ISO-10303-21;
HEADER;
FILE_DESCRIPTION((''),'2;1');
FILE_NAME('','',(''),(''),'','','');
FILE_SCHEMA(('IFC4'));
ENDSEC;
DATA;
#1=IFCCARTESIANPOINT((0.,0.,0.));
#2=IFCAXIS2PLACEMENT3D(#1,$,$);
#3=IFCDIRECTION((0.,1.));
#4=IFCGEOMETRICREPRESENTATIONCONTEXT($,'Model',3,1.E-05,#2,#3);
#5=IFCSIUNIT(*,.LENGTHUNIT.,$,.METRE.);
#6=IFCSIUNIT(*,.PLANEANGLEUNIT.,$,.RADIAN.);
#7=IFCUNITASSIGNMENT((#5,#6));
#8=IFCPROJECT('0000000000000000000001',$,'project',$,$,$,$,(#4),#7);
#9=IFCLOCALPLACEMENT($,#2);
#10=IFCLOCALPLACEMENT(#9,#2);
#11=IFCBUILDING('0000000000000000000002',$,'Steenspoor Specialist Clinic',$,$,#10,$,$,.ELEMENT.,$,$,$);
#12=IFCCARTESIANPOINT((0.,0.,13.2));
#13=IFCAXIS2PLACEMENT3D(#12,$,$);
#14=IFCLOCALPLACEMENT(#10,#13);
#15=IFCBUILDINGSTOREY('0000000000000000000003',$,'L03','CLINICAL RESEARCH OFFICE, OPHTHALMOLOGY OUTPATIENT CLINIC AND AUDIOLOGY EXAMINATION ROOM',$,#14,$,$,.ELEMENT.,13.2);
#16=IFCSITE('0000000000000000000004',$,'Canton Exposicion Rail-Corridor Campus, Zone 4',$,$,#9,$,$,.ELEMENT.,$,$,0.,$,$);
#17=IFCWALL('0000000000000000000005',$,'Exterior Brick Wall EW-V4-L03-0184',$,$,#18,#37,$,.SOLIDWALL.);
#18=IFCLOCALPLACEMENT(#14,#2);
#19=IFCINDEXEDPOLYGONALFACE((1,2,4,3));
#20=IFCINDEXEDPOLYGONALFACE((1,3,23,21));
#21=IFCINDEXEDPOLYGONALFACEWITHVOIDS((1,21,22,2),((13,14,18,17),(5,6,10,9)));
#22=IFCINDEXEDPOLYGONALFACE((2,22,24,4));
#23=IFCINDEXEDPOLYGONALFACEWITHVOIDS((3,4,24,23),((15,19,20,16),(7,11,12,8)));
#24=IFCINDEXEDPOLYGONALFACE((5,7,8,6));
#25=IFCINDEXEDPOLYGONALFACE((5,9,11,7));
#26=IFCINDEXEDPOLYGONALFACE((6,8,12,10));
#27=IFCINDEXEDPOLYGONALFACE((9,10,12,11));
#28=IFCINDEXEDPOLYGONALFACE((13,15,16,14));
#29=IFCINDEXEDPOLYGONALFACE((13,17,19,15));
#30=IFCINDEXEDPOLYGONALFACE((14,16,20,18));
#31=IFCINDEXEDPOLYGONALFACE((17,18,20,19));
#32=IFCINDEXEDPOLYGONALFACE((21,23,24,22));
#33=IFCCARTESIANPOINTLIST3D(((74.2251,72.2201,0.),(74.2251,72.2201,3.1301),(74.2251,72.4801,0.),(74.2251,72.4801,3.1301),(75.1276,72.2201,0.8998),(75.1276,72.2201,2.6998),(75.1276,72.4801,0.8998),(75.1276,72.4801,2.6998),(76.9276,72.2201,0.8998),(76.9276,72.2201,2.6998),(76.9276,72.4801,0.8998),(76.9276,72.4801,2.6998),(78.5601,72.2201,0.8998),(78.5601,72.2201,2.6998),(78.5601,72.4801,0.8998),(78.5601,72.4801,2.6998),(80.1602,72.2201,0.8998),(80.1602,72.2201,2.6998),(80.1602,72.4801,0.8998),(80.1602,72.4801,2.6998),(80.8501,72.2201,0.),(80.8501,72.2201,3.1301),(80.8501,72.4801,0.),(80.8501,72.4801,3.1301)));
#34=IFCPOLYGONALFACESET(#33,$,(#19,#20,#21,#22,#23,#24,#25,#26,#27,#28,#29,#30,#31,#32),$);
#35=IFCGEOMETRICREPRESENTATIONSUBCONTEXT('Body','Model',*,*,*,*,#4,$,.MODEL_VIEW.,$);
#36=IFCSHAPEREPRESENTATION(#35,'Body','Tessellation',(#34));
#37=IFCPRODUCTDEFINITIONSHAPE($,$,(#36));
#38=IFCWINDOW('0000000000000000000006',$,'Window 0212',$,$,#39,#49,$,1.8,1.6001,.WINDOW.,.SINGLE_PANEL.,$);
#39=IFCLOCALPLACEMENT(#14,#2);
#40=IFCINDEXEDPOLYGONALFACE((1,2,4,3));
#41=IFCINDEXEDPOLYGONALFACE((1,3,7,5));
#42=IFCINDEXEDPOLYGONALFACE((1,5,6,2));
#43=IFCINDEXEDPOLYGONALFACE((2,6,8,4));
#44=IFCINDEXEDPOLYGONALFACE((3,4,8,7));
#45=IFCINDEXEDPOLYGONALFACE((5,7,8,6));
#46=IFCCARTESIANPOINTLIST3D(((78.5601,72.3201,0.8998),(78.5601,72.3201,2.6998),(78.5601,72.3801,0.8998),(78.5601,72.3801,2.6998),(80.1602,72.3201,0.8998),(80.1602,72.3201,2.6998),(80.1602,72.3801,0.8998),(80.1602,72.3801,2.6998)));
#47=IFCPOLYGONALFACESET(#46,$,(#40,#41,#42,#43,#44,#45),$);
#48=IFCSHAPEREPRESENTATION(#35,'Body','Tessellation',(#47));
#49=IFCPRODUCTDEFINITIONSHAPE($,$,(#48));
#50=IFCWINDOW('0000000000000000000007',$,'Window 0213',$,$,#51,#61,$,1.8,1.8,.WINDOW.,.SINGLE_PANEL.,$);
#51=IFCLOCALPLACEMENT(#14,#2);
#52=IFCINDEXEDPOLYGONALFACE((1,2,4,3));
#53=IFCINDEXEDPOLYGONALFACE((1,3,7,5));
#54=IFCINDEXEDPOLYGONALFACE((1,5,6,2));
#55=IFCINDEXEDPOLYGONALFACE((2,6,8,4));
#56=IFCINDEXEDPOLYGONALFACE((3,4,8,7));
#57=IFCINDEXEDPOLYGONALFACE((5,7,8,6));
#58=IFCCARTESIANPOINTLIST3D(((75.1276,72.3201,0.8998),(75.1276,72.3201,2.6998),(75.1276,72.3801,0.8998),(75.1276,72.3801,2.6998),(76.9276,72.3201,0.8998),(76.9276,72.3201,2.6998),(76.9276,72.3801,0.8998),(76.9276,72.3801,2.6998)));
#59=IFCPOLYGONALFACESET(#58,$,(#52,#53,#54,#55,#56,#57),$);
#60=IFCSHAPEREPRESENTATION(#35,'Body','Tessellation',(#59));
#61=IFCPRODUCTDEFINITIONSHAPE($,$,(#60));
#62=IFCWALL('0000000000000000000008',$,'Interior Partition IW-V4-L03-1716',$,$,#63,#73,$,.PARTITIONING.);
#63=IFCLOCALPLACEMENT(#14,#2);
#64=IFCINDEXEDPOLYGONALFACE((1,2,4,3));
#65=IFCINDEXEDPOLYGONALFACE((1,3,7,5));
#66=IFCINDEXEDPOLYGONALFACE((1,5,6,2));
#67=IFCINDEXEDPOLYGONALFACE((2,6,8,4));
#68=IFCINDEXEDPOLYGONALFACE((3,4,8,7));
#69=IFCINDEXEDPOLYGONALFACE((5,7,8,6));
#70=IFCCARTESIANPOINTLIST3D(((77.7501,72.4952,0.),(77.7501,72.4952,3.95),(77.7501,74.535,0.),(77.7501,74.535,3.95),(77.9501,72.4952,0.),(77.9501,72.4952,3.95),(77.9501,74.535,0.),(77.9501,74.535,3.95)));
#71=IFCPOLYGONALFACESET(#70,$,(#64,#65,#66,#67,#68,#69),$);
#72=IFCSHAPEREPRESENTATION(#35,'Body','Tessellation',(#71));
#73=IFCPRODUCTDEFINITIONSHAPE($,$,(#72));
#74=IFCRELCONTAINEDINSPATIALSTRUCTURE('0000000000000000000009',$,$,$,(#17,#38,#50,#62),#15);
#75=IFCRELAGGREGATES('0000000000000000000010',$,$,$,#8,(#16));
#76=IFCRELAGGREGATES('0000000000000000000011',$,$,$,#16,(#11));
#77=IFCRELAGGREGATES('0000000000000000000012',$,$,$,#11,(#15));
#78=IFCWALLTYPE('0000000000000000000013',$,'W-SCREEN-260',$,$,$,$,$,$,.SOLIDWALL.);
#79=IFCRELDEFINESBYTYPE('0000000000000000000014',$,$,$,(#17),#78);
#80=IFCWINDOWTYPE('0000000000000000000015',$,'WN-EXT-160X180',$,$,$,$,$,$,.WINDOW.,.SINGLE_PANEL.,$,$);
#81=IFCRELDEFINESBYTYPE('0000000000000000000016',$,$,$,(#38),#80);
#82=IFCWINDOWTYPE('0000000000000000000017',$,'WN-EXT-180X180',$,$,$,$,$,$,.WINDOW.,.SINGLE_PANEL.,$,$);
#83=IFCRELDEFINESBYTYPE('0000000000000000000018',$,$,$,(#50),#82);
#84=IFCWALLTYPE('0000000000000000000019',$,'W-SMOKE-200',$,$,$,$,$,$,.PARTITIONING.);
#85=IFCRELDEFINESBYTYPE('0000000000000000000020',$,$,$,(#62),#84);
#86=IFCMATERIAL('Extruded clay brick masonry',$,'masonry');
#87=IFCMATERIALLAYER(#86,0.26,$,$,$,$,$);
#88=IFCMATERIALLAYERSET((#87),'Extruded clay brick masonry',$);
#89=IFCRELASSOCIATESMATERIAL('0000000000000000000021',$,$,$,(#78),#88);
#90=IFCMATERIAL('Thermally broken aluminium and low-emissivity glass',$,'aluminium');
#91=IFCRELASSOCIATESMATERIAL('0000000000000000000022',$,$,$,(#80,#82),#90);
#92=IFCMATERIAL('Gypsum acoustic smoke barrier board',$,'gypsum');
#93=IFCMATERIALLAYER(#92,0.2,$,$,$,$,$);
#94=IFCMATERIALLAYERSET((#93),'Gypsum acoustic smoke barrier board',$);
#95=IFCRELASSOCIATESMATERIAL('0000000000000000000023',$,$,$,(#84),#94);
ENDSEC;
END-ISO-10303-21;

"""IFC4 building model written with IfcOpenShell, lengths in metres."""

from ifc_helpers import new_model, si_unit, direction, frame, frame_2d, origin, place, context, subcontext, project, spatial, rectangle, extrude, material, layer, layer_set, type_object, element, fill, save


model = new_model("IFC4")

# Units and contexts
model_context = context("Model", 3, precision=1e-05, world=origin(), true_north=direction((0.0, 1.0)))
body_context = subcontext(model_context, "Body", "Model", "MODEL_VIEW")
ifc_project = project(units=[si_unit("LENGTHUNIT", "METRE"), si_unit("PLANEANGLEUNIT", "RADIAN")], contexts=[model_context])

# Site, building, storey
site_placement = place(None, origin())
site = spatial("IfcSite", under=ifc_project, at=site_placement, Name="Canton Exposicion Rail-Corridor Campus, Zone 4", CompositionType="ELEMENT", RefElevation=0.0)
building_placement = place(site_placement, origin())
building = spatial("IfcBuilding", under=site, at=building_placement, Name="Steenspoor Specialist Clinic", CompositionType="ELEMENT")
storey_placement = place(building_placement, frame((0.0, 0.0, 13.2)))
storey = spatial("IfcBuildingStorey", under=building, at=storey_placement, Name="L03", Description="CLINICAL RESEARCH OFFICE, OPHTHALMOLOGY OUTPATIENT CLINIC AND AUDIOLOGY EXAMINATION ROOM", CompositionType="ELEMENT", Elevation=13.2)

# Shared definitions
ifc_material_1 = material(Name="Thermally broken aluminium and low-emissivity glass", Category="aluminium")

# Wall, openings, windows
ifc_material_2 = material(Name="Extruded clay brick masonry", Category="masonry")
ifc_layer_1 = layer(ifc_material_2, 0.26)
ifc_layer_set_1 = layer_set([ifc_layer_1], Name="Extruded clay brick masonry")
wall_type_1 = type_object("IfcWallType", Name="W-SCREEN-260", PredefinedType="SOLIDWALL", material=ifc_layer_set_1)
wall_1_placement = place(storey_placement, frame((80.8501, 72.3501, 0.0), z_axis=(0.0, 0.0, 1.0), x_axis=(-1.0, 0.0, 0.0)))
wall_1 = element("IfcWall", 1, at=wall_1_placement, inside=storey, type_object=wall_type_1, Name="Exterior Brick Wall EW-V4-L03-0184", PredefinedType="SOLIDWALL", context=body_context, shape_type="SweptSolid", body=[
    extrude(rectangle(XDim=6.625, YDim=0.26, at=frame_2d((3.3125, 0.0))), origin(), (0.0, 0.0, 1.0), 3.1301),
])
opening_1_placement = place(wall_1_placement, frame((0.6899, 0.0, 0.8999)))
opening_1 = element("IfcOpeningElement", 2, at=opening_1_placement, cuts=wall_1, PredefinedType="OPENING", context=body_context, shape_type="SweptSolid", body=[
    extrude(rectangle(XDim=1.6001, YDim=1.8, at=frame_2d((0.8, 0.8999))), frame((0.0, 0.1401, 0.0), z_axis=(0.0, -1.0, 0.0), x_axis=(1.0, 0.0, 0.0)), (0.0, 0.0, 1.0), 0.28),
])
opening_2_placement = place(wall_1_placement, frame((3.9226, 0.0, 0.8999)))
opening_2 = element("IfcOpeningElement", 3, at=opening_2_placement, cuts=wall_1, PredefinedType="OPENING", context=body_context, shape_type="SweptSolid", body=[
    extrude(rectangle(XDim=1.8, YDim=1.8, at=frame_2d((0.8999, 0.8999))), frame((0.0, 0.1401, 0.0), z_axis=(0.0, -1.0, 0.0), x_axis=(1.0, 0.0, 0.0)), (0.0, 0.0, 1.0), 0.28),
])
window_type_1 = type_object("IfcWindowType", Name="WN-EXT-160X180", PartitioningType="SINGLE_PANEL", PredefinedType="WINDOW", material=ifc_material_1)
window_1_placement = place(opening_1_placement, origin())
window_1 = element("IfcWindow", 4, at=window_1_placement, inside=storey, type_object=window_type_1, Name="Window 0212", OverallHeight=1.8, OverallWidth=1.6001, PartitioningType="SINGLE_PANEL", PredefinedType="WINDOW", context=body_context, shape_type="SweptSolid", body=[
    extrude(rectangle(XDim=1.6001, YDim=1.8, at=frame_2d((0.8, 0.8999))), frame((0.0, 0.03, 0.0), z_axis=(0.0, -1.0, 0.0), x_axis=(1.0, 0.0, 0.0)), (0.0, 0.0, 1.0), 0.0601),
])
fill(opening_1, window_1)
window_type_2 = type_object("IfcWindowType", Name="WN-EXT-180X180", PartitioningType="SINGLE_PANEL", PredefinedType="WINDOW", material=ifc_material_1)
window_2_placement = place(opening_2_placement, origin())
window_2 = element("IfcWindow", 5, at=window_2_placement, inside=storey, type_object=window_type_2, Name="Window 0213", OverallHeight=1.8, OverallWidth=1.8, PartitioningType="SINGLE_PANEL", PredefinedType="WINDOW", context=body_context, shape_type="SweptSolid", body=[
    extrude(rectangle(XDim=1.8, YDim=1.8, at=frame_2d((0.8999, 0.8999))), frame((0.0, 0.03, 0.0), z_axis=(0.0, -1.0, 0.0), x_axis=(1.0, 0.0, 0.0)), (0.0, 0.0, 1.0), 0.0601),
])
fill(opening_2, window_2)

# Wall
ifc_material_3 = material(Name="Gypsum acoustic smoke barrier board", Category="gypsum")
ifc_layer_2 = layer(ifc_material_3, 0.2)
ifc_layer_set_2 = layer_set([ifc_layer_2], Name="Gypsum acoustic smoke barrier board")
wall_type_2 = type_object("IfcWallType", Name="W-SMOKE-200", PredefinedType="PARTITIONING", material=ifc_layer_set_2)
wall_2_placement = place(storey_placement, frame((77.8501, 72.4951, 0.0), z_axis=(0.0, 0.0, 1.0), x_axis=(0.0, 1.0, 0.0)))
element("IfcWall", 6, at=wall_2_placement, inside=storey, type_object=wall_type_2, Name="Interior Partition IW-V4-L03-1716", PredefinedType="PARTITIONING", context=body_context, shape_type="SweptSolid", body=[
    extrude(rectangle(XDim=2.0398, YDim=0.2, at=frame_2d((1.02, 0.0))), origin(), (0.0, 0.0, 1.0), 3.95),
])

save(model, "model.ifc")
